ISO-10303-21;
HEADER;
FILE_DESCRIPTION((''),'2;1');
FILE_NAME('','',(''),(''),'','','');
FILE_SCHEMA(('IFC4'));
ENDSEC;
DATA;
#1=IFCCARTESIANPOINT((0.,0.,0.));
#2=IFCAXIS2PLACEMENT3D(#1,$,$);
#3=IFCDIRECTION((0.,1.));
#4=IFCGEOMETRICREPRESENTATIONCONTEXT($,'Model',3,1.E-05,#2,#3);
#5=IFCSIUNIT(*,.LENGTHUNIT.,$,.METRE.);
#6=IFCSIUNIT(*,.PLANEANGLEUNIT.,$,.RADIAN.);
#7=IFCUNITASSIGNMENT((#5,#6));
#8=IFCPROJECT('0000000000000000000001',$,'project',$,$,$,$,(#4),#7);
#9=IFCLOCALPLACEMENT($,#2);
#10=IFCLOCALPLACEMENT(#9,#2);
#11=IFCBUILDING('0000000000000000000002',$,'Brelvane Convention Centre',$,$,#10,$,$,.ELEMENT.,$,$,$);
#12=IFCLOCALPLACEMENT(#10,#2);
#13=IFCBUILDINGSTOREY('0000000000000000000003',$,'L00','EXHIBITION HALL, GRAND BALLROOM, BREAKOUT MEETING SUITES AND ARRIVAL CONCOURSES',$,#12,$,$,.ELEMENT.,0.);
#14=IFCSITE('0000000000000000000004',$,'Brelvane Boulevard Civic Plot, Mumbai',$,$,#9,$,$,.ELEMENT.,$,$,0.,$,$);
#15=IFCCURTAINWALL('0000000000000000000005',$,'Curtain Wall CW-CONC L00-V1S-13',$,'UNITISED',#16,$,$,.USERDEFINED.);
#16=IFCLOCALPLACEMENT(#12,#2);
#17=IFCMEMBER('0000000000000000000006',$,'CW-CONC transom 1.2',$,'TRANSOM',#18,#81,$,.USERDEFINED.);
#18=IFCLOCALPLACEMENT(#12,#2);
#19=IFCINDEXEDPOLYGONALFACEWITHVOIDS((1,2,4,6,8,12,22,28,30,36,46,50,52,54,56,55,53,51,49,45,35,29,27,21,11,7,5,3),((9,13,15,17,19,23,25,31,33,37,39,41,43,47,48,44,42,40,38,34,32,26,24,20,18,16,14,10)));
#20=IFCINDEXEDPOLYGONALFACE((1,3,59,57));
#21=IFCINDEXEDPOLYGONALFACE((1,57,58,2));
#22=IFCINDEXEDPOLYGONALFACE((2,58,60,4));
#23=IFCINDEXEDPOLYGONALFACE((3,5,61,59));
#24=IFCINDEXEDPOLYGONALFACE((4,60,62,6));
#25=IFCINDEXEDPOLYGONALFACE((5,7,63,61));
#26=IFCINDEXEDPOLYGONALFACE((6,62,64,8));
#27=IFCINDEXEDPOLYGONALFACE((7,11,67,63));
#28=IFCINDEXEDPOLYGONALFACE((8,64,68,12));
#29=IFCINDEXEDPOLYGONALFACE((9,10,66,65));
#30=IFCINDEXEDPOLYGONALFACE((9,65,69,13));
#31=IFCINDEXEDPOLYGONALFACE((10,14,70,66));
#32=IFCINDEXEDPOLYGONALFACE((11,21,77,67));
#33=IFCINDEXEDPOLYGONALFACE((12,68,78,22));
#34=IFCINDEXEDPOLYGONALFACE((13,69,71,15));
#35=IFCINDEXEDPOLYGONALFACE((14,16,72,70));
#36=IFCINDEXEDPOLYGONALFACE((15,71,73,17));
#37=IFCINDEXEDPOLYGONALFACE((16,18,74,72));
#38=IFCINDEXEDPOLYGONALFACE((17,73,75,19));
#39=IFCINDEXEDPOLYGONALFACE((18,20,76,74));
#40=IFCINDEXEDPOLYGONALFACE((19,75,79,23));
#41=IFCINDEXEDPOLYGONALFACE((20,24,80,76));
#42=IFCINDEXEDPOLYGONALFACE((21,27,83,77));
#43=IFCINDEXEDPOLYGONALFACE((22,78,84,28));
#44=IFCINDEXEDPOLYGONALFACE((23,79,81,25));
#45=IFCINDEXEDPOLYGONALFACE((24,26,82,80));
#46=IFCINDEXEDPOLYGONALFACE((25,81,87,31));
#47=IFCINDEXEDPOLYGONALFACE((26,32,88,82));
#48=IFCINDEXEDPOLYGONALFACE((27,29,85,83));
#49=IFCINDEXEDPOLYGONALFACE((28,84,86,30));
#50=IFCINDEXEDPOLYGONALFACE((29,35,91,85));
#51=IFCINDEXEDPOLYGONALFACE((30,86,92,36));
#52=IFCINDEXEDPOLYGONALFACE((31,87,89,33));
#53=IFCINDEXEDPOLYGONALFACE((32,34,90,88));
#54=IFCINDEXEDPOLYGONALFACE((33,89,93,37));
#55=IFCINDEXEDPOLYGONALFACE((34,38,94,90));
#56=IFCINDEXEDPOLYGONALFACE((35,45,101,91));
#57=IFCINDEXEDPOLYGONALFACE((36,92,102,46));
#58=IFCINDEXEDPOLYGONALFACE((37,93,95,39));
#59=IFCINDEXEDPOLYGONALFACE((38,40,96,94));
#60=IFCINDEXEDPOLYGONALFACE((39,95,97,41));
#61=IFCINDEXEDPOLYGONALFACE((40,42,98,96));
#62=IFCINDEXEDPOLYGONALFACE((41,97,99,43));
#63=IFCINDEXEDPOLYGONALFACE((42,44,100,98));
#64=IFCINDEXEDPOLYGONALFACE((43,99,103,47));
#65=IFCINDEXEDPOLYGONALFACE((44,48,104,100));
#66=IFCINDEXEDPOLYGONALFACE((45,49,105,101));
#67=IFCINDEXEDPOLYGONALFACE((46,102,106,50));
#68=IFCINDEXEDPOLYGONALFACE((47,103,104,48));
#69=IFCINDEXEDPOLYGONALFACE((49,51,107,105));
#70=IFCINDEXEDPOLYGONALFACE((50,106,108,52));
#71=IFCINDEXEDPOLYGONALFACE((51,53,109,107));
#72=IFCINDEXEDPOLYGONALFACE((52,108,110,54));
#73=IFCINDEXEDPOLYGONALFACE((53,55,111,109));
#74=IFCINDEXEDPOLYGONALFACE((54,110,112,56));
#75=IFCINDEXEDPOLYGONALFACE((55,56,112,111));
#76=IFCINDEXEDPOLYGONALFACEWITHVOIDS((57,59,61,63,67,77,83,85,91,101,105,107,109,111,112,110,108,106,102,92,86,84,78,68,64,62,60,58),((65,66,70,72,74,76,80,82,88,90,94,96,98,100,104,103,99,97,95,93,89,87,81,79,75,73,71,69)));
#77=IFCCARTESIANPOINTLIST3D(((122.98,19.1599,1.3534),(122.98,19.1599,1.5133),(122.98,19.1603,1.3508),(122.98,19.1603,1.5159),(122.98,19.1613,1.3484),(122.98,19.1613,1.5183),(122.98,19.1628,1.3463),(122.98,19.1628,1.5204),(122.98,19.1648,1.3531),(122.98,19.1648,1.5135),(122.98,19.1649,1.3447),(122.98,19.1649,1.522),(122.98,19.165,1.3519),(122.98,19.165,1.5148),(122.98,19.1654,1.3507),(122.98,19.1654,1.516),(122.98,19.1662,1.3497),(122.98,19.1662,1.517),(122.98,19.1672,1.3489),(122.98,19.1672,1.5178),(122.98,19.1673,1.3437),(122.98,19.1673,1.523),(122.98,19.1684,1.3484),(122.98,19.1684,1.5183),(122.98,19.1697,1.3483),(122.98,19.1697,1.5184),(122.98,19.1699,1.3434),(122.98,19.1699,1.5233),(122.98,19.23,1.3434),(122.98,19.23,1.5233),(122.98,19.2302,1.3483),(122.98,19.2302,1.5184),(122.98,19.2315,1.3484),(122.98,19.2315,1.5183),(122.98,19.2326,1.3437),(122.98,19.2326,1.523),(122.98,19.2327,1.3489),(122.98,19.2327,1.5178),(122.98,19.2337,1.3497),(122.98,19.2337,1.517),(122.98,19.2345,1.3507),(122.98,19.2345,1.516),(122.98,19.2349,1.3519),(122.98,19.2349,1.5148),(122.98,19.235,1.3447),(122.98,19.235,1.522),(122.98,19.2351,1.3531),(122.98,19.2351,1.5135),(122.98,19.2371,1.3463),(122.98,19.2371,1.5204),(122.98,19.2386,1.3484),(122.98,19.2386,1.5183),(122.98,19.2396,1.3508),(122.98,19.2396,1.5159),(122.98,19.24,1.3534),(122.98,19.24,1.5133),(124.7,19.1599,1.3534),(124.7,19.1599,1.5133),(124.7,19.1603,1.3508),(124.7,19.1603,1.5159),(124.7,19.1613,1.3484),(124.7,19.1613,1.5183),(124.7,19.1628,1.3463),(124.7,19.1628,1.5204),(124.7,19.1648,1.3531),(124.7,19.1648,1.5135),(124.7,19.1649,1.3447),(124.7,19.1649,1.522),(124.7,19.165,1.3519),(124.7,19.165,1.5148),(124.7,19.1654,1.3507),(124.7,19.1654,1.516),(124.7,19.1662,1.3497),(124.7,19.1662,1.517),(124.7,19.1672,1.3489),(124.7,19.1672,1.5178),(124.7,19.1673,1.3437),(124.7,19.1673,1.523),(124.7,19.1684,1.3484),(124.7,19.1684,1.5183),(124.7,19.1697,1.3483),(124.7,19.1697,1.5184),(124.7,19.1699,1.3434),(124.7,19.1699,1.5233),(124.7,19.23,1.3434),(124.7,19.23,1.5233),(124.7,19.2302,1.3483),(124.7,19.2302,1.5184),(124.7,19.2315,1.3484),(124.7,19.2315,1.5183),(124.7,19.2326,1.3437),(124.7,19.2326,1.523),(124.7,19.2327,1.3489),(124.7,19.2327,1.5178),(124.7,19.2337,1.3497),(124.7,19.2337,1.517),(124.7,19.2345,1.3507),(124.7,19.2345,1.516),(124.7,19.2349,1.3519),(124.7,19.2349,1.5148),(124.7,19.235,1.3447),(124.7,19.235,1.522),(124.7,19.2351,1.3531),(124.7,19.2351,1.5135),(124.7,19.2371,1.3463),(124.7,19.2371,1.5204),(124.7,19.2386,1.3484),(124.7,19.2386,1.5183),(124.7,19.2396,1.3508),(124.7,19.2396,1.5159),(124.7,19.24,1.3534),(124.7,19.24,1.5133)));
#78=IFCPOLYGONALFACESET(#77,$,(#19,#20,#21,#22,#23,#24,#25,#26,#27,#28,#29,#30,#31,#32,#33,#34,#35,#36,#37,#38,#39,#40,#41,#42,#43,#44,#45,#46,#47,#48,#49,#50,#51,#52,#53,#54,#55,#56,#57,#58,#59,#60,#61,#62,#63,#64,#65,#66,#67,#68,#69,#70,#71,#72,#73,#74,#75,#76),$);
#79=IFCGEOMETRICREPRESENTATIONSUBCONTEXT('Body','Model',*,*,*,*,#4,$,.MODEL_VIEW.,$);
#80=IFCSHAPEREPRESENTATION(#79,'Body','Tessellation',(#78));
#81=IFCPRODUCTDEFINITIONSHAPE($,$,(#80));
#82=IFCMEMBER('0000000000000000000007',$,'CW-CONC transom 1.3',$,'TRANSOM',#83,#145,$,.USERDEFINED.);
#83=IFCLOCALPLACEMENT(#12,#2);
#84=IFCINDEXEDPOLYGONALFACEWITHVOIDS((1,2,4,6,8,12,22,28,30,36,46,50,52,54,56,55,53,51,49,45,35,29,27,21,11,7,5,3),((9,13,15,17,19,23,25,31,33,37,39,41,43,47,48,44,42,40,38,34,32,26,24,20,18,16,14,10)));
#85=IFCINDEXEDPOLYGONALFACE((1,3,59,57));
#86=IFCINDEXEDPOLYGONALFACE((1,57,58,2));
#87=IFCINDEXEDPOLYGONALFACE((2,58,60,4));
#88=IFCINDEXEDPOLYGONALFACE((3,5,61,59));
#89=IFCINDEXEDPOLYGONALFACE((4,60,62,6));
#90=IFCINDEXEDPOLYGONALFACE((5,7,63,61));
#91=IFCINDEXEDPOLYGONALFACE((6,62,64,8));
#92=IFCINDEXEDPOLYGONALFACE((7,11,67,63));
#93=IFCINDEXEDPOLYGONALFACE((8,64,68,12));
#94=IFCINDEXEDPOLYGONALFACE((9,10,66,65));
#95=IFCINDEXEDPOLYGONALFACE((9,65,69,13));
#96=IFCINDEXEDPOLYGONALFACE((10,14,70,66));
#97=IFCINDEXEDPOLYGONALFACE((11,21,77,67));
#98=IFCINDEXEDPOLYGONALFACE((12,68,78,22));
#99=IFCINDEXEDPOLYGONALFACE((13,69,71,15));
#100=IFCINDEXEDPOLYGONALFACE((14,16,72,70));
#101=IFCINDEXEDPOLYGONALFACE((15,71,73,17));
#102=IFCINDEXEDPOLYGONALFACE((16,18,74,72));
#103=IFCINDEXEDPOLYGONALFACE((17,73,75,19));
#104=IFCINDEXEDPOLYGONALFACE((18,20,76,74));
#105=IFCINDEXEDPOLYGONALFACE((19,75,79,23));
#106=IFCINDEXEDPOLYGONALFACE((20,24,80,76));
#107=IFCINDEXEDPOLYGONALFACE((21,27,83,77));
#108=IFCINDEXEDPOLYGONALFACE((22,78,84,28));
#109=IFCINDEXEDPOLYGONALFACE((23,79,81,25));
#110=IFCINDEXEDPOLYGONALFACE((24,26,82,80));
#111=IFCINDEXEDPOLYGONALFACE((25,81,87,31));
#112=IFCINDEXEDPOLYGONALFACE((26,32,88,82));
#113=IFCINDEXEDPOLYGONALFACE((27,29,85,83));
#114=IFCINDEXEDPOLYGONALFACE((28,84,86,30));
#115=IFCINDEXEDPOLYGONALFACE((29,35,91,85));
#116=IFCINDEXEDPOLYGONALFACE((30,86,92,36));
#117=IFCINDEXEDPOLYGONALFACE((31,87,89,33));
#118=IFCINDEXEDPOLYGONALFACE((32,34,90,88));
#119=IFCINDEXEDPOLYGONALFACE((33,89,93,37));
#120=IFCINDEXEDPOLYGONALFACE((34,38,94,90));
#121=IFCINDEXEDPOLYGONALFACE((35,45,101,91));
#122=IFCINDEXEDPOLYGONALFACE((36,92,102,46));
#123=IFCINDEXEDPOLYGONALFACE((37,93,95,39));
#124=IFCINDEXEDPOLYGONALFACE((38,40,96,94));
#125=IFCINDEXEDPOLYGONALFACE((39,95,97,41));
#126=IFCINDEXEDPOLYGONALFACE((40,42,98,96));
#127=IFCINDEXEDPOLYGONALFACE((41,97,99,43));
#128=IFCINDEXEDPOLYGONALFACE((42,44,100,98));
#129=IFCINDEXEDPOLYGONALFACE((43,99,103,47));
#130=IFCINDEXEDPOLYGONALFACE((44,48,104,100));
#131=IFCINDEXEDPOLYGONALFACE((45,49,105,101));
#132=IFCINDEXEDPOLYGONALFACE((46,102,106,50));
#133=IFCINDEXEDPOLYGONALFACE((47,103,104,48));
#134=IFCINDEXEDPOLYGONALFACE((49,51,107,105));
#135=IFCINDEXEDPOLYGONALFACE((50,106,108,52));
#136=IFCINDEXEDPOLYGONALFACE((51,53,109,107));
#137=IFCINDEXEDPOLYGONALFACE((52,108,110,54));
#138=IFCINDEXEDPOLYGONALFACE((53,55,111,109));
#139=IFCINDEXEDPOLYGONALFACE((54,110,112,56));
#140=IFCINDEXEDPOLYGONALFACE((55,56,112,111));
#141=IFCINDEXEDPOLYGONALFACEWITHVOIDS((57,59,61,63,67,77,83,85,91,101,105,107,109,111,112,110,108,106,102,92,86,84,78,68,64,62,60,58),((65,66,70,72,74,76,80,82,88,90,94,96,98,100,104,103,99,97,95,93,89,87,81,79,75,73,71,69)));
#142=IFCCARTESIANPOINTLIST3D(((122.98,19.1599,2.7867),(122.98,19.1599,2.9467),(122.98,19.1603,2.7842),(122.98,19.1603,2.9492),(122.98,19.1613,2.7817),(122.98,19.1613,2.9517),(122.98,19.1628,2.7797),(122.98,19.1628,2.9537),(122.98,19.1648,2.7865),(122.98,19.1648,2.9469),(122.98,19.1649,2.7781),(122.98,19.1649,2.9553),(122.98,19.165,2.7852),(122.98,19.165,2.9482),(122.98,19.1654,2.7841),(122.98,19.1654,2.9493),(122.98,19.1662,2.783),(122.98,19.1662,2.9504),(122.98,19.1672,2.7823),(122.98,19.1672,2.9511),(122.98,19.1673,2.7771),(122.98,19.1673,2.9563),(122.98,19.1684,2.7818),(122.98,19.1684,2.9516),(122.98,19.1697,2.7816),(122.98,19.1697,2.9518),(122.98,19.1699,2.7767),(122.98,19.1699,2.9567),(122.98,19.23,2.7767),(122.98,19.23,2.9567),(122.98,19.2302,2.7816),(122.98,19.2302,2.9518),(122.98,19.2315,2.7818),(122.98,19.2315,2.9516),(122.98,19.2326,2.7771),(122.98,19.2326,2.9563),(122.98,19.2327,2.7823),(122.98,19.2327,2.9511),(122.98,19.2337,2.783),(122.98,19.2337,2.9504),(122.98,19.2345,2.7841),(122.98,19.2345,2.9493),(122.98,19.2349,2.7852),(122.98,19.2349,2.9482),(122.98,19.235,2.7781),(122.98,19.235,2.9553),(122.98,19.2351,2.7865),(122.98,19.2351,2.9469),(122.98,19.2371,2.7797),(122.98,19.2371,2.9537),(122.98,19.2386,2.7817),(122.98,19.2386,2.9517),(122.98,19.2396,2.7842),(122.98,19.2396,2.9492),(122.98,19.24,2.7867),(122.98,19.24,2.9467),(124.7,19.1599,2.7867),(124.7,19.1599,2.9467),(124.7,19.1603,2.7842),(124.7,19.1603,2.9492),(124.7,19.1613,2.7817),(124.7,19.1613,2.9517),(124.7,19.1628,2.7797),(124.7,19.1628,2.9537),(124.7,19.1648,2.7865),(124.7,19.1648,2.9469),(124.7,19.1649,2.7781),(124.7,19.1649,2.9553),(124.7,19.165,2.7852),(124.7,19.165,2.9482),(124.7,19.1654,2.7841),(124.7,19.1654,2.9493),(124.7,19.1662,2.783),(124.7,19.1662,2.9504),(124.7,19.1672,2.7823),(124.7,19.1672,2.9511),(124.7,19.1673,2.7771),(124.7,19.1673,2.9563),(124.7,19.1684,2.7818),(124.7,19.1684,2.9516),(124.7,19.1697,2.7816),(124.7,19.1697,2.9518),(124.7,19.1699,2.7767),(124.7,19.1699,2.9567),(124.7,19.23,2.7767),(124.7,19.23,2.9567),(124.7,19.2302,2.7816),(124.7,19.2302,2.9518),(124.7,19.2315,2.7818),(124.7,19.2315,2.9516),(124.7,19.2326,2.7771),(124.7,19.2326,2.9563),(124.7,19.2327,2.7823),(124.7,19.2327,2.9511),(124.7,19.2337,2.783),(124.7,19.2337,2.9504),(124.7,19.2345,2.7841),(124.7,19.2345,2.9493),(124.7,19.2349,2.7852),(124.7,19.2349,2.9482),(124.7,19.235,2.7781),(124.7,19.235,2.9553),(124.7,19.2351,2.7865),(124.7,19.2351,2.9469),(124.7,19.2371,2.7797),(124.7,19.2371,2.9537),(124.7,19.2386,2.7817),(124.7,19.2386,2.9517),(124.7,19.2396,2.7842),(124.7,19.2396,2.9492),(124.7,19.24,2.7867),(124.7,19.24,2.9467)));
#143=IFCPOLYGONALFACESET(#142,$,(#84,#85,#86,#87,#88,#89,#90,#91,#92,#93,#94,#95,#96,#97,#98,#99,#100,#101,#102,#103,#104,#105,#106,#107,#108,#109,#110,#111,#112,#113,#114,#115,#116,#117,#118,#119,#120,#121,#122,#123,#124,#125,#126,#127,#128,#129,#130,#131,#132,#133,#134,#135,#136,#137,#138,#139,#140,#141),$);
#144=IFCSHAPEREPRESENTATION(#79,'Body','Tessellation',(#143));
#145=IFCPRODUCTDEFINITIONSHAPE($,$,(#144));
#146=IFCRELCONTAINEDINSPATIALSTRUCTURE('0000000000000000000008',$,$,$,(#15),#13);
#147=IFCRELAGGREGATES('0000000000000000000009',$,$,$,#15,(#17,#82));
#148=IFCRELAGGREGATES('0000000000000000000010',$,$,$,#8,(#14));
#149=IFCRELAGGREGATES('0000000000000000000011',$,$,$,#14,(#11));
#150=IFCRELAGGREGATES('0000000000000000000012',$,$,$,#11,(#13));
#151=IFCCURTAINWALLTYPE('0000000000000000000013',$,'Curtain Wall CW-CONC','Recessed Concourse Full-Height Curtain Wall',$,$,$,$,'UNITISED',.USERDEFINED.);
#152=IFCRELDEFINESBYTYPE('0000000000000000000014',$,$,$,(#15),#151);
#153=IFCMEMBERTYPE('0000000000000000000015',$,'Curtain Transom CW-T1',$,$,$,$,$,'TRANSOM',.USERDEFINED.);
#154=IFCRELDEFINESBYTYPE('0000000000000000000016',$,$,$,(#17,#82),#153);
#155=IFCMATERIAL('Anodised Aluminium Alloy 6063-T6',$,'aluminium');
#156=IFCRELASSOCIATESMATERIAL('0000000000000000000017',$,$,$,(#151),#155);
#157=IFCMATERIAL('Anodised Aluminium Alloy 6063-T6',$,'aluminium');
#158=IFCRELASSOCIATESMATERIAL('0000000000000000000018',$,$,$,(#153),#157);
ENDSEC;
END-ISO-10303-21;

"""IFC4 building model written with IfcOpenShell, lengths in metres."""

from ifc_helpers import new_model, si_unit, direction, frame, origin, origin_2d, place, context, subcontext, project, spatial, hollow_rectangle, extrude, material, material_profile, profile_set, type_object, element, aggregate, save


model = new_model("IFC4")

# Units and contexts
model_context = context("Model", 3, precision=1e-05, world=origin(), true_north=direction((0.0, 1.0)))
body_context = subcontext(model_context, "Body", "Model", "MODEL_VIEW")
ifc_project = project(units=[si_unit("LENGTHUNIT", "METRE"), si_unit("PLANEANGLEUNIT", "RADIAN")], contexts=[model_context])

# Site, building, storey
site_placement = place(None, origin())
site = spatial("IfcSite", under=ifc_project, at=site_placement, Name="Brelvane Boulevard Civic Plot, Mumbai", CompositionType="ELEMENT", RefElevation=0.0)
building_placement = place(site_placement, origin())
building = spatial("IfcBuilding", under=site, at=building_placement, Name="Brelvane Convention Centre", CompositionType="ELEMENT")
storey_placement = place(building_placement, origin())
storey = spatial("IfcBuildingStorey", under=building, at=storey_placement, Name="L00", Description="EXHIBITION HALL, GRAND BALLROOM, BREAKOUT MEETING SUITES AND ARRIVAL CONCOURSES", CompositionType="ELEMENT", Elevation=0.0)

# Curtain wall, members
ifc_material_1 = material(Name="Anodised Aluminium Alloy 6063-T6", Category="aluminium")
curtain_wall_type = type_object("IfcCurtainWallType", Name="Curtain Wall CW-CONC", Description="Recessed Concourse Full-Height Curtain Wall", ElementType="UNITISED", PredefinedType="USERDEFINED", material=ifc_material_1)
curtain_wall_placement = place(storey_placement, origin())
curtain_wall = element("IfcCurtainWall", 1, at=curtain_wall_placement, inside=storey, type_object=curtain_wall_type, Name="Curtain Wall CW-CONC L00-V1S-13", ObjectType="UNITISED", PredefinedType="USERDEFINED")
ifc_material_2 = material(Name="Anodised Aluminium Alloy 6063-T6", Category="aluminium")
ifc_material_profile_1 = material_profile(ifc_material_2, hollow_rectangle(XDim=0.0801, YDim=0.1799, WallThickness=0.0049, InnerFilletRadius=0.0049, OuterFilletRadius=0.01, at=origin_2d()), Name="ALU-T 180x80x5.0")
ifc_profile_set_1 = profile_set([ifc_material_profile_1], Name="Anodised Aluminium Alloy 6063-T6")
member_type_1 = type_object("IfcMemberType", Name="Curtain Transom CW-T1", ElementType="TRANSOM", PredefinedType="USERDEFINED", material=ifc_profile_set_1)
member_1_placement = place(storey_placement, frame((122.98, 19.2, 1.4333), z_axis=(1.0, 0.0, 0.0), x_axis=(0.0, 1.0, 0.0)))
member_1 = element("IfcMember", 2, at=member_1_placement, type_object=member_type_1, Name="CW-CONC transom 1.2", ObjectType="TRANSOM", PredefinedType="USERDEFINED", context=body_context, shape_type="SweptSolid", body=[
    extrude(hollow_rectangle(XDim=0.0801, YDim=0.1799, WallThickness=0.0049, InnerFilletRadius=0.0049, OuterFilletRadius=0.01, at=origin_2d()), origin(), (0.0, 0.0, 1.0), 1.72),
])
member_2_placement = place(storey_placement, frame((122.98, 19.2, 2.8667), z_axis=(1.0, 0.0, 0.0), x_axis=(0.0, 1.0, 0.0)))
member_2 = element("IfcMember", 3, at=member_2_placement, type_object=member_type_1, Name="CW-CONC transom 1.3", ObjectType="TRANSOM", PredefinedType="USERDEFINED", context=body_context, shape_type="SweptSolid", body=[
    extrude(hollow_rectangle(XDim=0.0801, YDim=0.1799, WallThickness=0.0049, InnerFilletRadius=0.0049, OuterFilletRadius=0.01, at=origin_2d()), origin(), (0.0, 0.0, 1.0), 1.72),
])

aggregate(curtain_wall, [member_1, member_2])

save(model, "model.ifc")
